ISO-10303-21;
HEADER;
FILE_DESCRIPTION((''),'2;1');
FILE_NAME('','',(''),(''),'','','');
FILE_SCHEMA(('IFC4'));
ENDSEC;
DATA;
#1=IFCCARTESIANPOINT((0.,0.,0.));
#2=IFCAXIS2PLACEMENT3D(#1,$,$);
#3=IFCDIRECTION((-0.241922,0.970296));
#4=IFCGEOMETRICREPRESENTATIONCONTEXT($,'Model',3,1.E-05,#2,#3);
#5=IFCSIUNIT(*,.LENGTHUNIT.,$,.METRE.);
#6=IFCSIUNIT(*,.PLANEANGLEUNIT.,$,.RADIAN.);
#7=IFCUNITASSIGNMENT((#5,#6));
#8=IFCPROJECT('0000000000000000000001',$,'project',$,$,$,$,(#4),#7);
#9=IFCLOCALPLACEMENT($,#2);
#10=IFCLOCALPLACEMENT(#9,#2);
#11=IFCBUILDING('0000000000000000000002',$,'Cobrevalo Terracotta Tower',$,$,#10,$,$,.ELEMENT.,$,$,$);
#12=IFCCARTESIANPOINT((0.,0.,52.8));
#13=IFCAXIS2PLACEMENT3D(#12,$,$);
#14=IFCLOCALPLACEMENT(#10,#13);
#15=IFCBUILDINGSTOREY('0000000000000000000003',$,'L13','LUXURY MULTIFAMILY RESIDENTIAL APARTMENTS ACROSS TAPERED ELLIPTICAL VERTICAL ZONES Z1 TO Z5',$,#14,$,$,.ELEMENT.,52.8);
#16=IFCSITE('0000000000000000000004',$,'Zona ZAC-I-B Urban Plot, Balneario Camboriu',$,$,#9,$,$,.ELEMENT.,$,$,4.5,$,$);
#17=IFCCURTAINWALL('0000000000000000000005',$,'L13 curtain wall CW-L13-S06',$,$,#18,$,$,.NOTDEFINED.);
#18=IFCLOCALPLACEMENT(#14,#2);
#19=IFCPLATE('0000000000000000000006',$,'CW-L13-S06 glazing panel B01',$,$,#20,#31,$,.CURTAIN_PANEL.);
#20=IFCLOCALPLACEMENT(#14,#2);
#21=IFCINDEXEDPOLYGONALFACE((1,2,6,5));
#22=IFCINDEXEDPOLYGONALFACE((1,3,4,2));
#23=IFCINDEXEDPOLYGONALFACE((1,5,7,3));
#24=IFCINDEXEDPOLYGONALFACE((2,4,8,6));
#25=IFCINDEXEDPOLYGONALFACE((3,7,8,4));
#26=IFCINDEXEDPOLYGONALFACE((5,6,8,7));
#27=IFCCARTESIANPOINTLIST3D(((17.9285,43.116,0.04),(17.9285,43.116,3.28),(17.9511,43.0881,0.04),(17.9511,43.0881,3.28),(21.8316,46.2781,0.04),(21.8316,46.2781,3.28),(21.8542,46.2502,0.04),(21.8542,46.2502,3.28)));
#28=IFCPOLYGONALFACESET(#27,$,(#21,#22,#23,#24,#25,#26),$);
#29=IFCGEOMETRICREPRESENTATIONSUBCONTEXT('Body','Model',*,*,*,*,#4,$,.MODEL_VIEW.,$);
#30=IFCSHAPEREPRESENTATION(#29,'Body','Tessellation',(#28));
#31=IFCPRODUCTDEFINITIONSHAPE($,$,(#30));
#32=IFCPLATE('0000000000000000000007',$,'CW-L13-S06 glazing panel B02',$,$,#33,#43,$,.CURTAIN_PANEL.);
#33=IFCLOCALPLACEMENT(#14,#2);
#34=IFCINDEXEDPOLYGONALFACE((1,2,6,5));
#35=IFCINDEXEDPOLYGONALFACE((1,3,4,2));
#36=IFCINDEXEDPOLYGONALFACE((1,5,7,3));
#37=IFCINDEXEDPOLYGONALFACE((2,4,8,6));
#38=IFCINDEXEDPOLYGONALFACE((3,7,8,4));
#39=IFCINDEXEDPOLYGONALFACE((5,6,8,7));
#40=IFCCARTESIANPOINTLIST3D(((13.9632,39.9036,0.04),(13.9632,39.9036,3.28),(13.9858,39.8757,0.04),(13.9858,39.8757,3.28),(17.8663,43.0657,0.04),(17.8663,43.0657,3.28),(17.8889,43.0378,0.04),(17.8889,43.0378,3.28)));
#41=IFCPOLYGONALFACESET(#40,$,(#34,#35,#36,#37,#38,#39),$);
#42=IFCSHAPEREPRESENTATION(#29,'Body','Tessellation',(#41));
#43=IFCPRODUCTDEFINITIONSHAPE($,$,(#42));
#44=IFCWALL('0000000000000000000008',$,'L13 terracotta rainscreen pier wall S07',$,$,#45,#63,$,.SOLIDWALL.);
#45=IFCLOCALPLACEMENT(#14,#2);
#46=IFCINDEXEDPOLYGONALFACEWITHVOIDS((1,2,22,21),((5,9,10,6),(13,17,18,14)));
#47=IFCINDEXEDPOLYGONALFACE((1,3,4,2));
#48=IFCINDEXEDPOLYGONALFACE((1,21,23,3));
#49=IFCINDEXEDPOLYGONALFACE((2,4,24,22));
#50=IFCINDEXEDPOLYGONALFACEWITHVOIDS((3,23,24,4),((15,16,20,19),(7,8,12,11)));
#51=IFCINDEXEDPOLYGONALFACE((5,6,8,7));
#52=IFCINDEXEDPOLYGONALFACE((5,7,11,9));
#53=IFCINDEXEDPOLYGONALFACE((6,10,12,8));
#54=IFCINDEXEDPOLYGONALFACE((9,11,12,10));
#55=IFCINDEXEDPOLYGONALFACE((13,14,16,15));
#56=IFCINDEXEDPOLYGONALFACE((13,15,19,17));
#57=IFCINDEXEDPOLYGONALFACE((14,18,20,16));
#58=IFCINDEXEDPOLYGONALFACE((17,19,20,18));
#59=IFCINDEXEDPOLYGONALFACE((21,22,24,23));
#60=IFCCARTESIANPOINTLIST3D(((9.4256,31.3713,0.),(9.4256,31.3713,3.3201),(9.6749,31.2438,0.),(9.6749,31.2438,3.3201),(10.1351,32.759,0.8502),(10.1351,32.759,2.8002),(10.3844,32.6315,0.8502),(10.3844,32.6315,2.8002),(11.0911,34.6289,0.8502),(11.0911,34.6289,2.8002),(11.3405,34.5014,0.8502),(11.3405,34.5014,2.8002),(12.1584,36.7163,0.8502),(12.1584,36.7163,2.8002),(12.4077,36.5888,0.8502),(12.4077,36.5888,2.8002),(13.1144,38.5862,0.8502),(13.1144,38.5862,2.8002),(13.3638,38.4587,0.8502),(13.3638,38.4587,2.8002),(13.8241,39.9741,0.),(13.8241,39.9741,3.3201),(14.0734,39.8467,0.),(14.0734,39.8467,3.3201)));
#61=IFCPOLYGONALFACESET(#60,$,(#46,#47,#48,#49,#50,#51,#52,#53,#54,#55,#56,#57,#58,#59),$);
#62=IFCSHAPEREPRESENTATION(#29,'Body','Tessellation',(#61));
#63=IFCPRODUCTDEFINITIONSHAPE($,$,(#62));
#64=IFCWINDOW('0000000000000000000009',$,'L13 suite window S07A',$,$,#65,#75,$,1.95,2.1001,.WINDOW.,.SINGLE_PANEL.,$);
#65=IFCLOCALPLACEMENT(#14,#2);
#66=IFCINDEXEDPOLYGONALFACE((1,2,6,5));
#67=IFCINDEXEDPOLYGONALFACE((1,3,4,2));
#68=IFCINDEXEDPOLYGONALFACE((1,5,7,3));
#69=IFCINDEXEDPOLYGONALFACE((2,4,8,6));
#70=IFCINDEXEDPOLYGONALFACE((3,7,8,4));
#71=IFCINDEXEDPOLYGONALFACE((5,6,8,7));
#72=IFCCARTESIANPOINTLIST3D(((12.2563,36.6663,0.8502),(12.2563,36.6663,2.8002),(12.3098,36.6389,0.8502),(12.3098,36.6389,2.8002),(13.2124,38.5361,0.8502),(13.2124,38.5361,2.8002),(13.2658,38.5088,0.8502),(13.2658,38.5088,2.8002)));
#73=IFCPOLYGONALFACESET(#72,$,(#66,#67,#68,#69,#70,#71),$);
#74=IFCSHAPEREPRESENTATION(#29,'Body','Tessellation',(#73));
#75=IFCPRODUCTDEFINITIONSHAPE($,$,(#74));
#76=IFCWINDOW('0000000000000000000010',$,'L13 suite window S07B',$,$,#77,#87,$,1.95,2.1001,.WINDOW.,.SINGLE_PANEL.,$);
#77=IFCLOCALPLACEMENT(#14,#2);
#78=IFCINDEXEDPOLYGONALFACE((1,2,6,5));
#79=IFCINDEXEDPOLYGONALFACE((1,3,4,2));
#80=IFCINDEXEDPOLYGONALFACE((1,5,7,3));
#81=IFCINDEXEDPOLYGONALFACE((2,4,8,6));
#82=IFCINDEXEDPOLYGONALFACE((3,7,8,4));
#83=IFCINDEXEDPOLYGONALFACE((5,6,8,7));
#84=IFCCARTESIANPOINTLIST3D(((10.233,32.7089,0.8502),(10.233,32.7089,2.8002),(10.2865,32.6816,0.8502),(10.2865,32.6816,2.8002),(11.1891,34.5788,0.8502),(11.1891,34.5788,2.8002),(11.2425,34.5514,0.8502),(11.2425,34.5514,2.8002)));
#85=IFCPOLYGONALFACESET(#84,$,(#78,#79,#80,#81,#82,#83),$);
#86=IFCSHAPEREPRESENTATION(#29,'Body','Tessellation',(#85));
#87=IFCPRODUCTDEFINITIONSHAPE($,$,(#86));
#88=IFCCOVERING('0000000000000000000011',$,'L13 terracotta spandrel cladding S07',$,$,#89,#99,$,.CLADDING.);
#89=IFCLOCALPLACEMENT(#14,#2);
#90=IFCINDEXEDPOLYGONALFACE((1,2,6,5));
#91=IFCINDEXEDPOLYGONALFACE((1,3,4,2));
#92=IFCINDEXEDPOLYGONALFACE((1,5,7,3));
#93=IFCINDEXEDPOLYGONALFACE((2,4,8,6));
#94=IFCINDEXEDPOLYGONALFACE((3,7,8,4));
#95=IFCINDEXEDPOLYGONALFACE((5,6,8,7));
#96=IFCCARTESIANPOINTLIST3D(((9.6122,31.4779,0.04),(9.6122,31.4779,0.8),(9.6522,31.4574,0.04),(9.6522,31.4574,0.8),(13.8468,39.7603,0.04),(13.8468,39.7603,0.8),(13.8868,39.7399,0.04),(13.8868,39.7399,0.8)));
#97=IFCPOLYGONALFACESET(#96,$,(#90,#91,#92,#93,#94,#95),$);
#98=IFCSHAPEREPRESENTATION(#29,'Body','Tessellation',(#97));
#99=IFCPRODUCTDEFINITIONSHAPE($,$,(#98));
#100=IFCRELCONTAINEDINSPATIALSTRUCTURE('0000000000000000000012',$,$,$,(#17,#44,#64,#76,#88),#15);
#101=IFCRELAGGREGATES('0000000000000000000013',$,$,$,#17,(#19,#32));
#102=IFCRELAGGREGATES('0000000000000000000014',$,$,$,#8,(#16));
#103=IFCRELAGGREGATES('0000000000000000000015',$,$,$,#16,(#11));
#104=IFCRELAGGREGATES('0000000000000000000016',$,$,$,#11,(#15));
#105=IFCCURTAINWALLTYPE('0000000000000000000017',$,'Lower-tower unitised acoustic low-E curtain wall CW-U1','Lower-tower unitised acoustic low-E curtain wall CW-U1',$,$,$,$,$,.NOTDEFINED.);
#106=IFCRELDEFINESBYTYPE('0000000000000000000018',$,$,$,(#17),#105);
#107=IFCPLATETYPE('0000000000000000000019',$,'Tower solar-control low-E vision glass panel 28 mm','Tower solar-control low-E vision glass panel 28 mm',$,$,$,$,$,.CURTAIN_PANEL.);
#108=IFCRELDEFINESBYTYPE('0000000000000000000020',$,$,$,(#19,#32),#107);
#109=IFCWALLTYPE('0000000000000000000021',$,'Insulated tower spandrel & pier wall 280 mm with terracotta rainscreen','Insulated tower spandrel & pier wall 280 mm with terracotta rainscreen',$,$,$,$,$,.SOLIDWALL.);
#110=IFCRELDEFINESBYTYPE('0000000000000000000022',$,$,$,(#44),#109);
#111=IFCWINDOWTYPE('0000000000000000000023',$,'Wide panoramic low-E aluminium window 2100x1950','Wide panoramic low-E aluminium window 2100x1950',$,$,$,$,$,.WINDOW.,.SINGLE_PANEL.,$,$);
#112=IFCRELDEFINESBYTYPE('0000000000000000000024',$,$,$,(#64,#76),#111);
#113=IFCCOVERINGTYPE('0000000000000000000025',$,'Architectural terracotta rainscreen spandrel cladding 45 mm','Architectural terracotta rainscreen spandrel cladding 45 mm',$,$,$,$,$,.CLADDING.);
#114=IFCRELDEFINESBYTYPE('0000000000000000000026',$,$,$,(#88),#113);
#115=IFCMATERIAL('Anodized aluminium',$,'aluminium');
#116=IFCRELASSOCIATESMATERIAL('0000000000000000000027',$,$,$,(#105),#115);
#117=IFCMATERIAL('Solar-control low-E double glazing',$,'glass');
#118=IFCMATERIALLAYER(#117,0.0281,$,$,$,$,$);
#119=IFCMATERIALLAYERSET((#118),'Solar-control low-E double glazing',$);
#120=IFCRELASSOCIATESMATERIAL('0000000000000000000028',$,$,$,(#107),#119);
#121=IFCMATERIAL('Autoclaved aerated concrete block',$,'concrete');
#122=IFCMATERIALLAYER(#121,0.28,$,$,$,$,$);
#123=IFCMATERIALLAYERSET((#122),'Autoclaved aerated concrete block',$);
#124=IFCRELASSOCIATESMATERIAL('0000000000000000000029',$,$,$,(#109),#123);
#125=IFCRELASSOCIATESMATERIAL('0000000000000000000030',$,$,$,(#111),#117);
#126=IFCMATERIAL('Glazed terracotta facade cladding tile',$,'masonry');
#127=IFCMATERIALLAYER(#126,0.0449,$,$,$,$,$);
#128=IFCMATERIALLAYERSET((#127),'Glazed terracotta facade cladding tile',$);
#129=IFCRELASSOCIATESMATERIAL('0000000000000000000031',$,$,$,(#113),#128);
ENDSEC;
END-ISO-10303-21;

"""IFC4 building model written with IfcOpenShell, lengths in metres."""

from ifc_helpers import new_model, si_unit, direction, frame, frame_2d, origin, origin_2d, place, context, subcontext, project, spatial, rectangle, extrude, source, transform, mapped, material, layer, layer_set, type_object, element, fill, aggregate, save


model = new_model("IFC4")

# Units and contexts
model_context = context("Model", 3, precision=1e-05, world=origin(), true_north=direction((-0.241922, 0.970296)))
body_context = subcontext(model_context, "Body", "Model", "MODEL_VIEW")
ifc_project = project(units=[si_unit("LENGTHUNIT", "METRE"), si_unit("PLANEANGLEUNIT", "RADIAN")], contexts=[model_context])

# Site, building, storey
site_placement = place(None, origin())
site = spatial("IfcSite", under=ifc_project, at=site_placement, Name="Zona ZAC-I-B Urban Plot, Balneario Camboriu", CompositionType="ELEMENT", RefElevation=4.5)
building_placement = place(site_placement, origin())
building = spatial("IfcBuilding", under=site, at=building_placement, Name="Cobrevalo Terracotta Tower", CompositionType="ELEMENT")
storey_placement = place(building_placement, frame((0.0, 0.0, 52.8)))
storey = spatial("IfcBuildingStorey", under=building, at=storey_placement, Name="L13", Description="LUXURY MULTIFAMILY RESIDENTIAL APARTMENTS ACROSS TAPERED ELLIPTICAL VERTICAL ZONES Z1 TO Z5", CompositionType="ELEMENT", Elevation=52.8)

# Shared definitions
ifc_material_1 = material(Name="Anodized aluminium", Category="aluminium")
curtain_wall_type = type_object("IfcCurtainWallType", Name="Lower-tower unitised acoustic low-E curtain wall CW-U1", Description="Lower-tower unitised acoustic low-E curtain wall CW-U1", PredefinedType="NOTDEFINED", material=ifc_material_1)

# Curtain wall, plates
curtain_wall_1_placement = place(storey_placement, origin())
curtain_wall_1 = element("IfcCurtainWall", 1, at=curtain_wall_1_placement, inside=storey, type_object=curtain_wall_type, Name="L13 curtain wall CW-L13-S06", PredefinedType="NOTDEFINED")
ifc_material_2 = material(Name="Solar-control low-E double glazing", Category="glass")
ifc_layer_1 = layer(ifc_material_2, 0.0281)
ifc_layer_set_1 = layer_set([ifc_layer_1], Name="Solar-control low-E double glazing")
plate_type = type_object("IfcPlateType", Name="Tower solar-control low-E vision glass panel 28 mm", Description="Tower solar-control low-E vision glass panel 28 mm", PredefinedType="CURTAIN_PANEL", material=ifc_layer_set_1)
shared_shape_1 = source(origin(), body_context, "Body", "SweptSolid", [
    extrude(rectangle(XDim=5.0232, YDim=0.0359, at=origin_2d()), origin(), (0.0, 0.0, 1.0), 3.24),
])
plate_1_placement = place(storey_placement, frame((19.8914, 44.6831, 0.04), z_axis=(0.0, 0.0, 1.0), x_axis=(-0.777008, -0.629491, 0.0)))
plate_1 = element("IfcPlate", 2, at=plate_1_placement, type_object=plate_type, Name="CW-L13-S06 glazing panel B01", PredefinedType="CURTAIN_PANEL", context=body_context, shape_type="MappedRepresentation", body=[
    mapped(shared_shape_1, transform((0.0, 0.0, 0.0), scale=1.0)),
])
plate_2_placement = place(storey_placement, frame((15.926, 41.4707, 0.04), z_axis=(0.0, 0.0, 1.0), x_axis=(-0.777008, -0.629491, 0.0)))
plate_2 = element("IfcPlate", 3, at=plate_2_placement, type_object=plate_type, Name="CW-L13-S06 glazing panel B02", PredefinedType="CURTAIN_PANEL", context=body_context, shape_type="MappedRepresentation", body=[
    mapped(shared_shape_1, transform((0.0, 0.0, 0.0), scale=1.0)),
])
aggregate(curtain_wall_1, [plate_1, plate_2])

# Wall, openings, windows
ifc_material_3 = material(Name="Autoclaved aerated concrete block", Category="concrete")
ifc_layer_2 = layer(ifc_material_3, 0.28)
ifc_layer_set_2 = layer_set([ifc_layer_2], Name="Autoclaved aerated concrete block")
wall_type = type_object("IfcWallType", Name="Insulated tower spandrel & pier wall 280 mm with terracotta rainscreen", Description="Insulated tower spandrel & pier wall 280 mm with terracotta rainscreen", PredefinedType="SOLIDWALL", material=ifc_layer_set_2)
wall_placement = place(storey_placement, frame((13.9487, 39.9104, 0.0), z_axis=(0.0, 0.0, 1.0), x_axis=(-0.455231, -0.890373, 0.0)))
wall = element("IfcWall", 4, at=wall_placement, inside=storey, type_object=wall_type, Name="L13 terracotta rainscreen pier wall S07", PredefinedType="SOLIDWALL", context=body_context, shape_type="SweptSolid", body=[
    extrude(rectangle(XDim=9.6621, YDim=0.28, at=frame_2d((4.8311, 0.0))), origin(), (0.0, 0.0, 1.0), 3.3201),
])
opening_1_placement = place(wall_placement, frame((1.5588, 0.0, 0.8501)))
opening_1 = element("IfcOpeningElement", 5, at=opening_1_placement, cuts=wall, PredefinedType="OPENING", context=body_context, shape_type="SweptSolid", body=[
    extrude(rectangle(XDim=2.1001, YDim=1.95, at=frame_2d((1.05, 0.9751))), frame((0.0, 0.1499, 0.0), z_axis=(0.0, -1.0, 0.0), x_axis=(1.0, 0.0, 0.0)), (0.0, 0.0, 1.0), 0.3),
])
opening_2_placement = place(wall_placement, frame((6.0034, 0.0, 0.8501)))
opening_2 = element("IfcOpeningElement", 6, at=opening_2_placement, cuts=wall, PredefinedType="OPENING", context=body_context, shape_type="SweptSolid", body=[
    extrude(rectangle(XDim=2.1001, YDim=1.95, at=frame_2d((1.05, 0.9751))), frame((0.0, 0.1499, 0.0), z_axis=(0.0, -1.0, 0.0), x_axis=(1.0, 0.0, 0.0)), (0.0, 0.0, 1.0), 0.3),
])
window_type = type_object("IfcWindowType", Name="Wide panoramic low-E aluminium window 2100x1950", Description="Wide panoramic low-E aluminium window 2100x1950", PartitioningType="SINGLE_PANEL", PredefinedType="WINDOW", material=ifc_material_2)
shared_shape_2 = source(origin(), body_context, "Body", "SweptSolid", [
    extrude(rectangle(XDim=2.1001, YDim=1.95, at=frame_2d((1.05, 0.9751))), frame((0.0, 0.03, 0.0), z_axis=(0.0, -1.0, 0.0), x_axis=(1.0, 0.0, 0.0)), (0.0, 0.0, 1.0), 0.0601),
])
window_1_placement = place(opening_1_placement, origin())
window_1 = element("IfcWindow", 7, at=window_1_placement, inside=storey, type_object=window_type, Name="L13 suite window S07A", OverallHeight=1.95, OverallWidth=2.1001, PartitioningType="SINGLE_PANEL", PredefinedType="WINDOW", context=body_context, shape_type="MappedRepresentation", body=[
    mapped(shared_shape_2, transform((0.0, 0.0, 0.0), scale=1.0)),
])
fill(opening_1, window_1)
window_2_placement = place(opening_2_placement, origin())
window_2 = element("IfcWindow", 8, at=window_2_placement, inside=storey, type_object=window_type, Name="L13 suite window S07B", OverallHeight=1.95, OverallWidth=2.1001, PartitioningType="SINGLE_PANEL", PredefinedType="WINDOW", context=body_context, shape_type="MappedRepresentation", body=[
    mapped(shared_shape_2, transform((0.0, 0.0, 0.0), scale=1.0)),
])
fill(opening_2, window_2)

# Covering
ifc_material_4 = material(Name="Glazed terracotta facade cladding tile", Category="masonry")
ifc_layer_3 = layer(ifc_material_4, 0.0449)
ifc_layer_set_3 = layer_set([ifc_layer_3], Name="Glazed terracotta facade cladding tile")
covering_type = type_object("IfcCoveringType", Name="Architectural terracotta rainscreen spandrel cladding 45 mm", Description="Architectural terracotta rainscreen spandrel cladding 45 mm", PredefinedType="CLADDING", material=ifc_layer_set_3)
shared_shape_3 = source(origin(), body_context, "Body", "SweptSolid", [
    extrude(rectangle(XDim=9.3022, YDim=0.0449, at=origin_2d()), origin(), (0.0, 0.0, 1.0), 0.76),
])
covering_placement = place(storey_placement, frame((11.7495, 35.6089, 0.04), z_axis=(0.0, 0.0, 1.0), x_axis=(-0.455231, -0.890373, 0.0)))
element("IfcCovering", 9, at=covering_placement, inside=storey, type_object=covering_type, Name="L13 terracotta spandrel cladding S07", PredefinedType="CLADDING", context=body_context, shape_type="MappedRepresentation", body=[
    mapped(shared_shape_3, transform((0.0, 0.0, 0.0), scale=1.0)),
])

save(model, "model.ifc")
